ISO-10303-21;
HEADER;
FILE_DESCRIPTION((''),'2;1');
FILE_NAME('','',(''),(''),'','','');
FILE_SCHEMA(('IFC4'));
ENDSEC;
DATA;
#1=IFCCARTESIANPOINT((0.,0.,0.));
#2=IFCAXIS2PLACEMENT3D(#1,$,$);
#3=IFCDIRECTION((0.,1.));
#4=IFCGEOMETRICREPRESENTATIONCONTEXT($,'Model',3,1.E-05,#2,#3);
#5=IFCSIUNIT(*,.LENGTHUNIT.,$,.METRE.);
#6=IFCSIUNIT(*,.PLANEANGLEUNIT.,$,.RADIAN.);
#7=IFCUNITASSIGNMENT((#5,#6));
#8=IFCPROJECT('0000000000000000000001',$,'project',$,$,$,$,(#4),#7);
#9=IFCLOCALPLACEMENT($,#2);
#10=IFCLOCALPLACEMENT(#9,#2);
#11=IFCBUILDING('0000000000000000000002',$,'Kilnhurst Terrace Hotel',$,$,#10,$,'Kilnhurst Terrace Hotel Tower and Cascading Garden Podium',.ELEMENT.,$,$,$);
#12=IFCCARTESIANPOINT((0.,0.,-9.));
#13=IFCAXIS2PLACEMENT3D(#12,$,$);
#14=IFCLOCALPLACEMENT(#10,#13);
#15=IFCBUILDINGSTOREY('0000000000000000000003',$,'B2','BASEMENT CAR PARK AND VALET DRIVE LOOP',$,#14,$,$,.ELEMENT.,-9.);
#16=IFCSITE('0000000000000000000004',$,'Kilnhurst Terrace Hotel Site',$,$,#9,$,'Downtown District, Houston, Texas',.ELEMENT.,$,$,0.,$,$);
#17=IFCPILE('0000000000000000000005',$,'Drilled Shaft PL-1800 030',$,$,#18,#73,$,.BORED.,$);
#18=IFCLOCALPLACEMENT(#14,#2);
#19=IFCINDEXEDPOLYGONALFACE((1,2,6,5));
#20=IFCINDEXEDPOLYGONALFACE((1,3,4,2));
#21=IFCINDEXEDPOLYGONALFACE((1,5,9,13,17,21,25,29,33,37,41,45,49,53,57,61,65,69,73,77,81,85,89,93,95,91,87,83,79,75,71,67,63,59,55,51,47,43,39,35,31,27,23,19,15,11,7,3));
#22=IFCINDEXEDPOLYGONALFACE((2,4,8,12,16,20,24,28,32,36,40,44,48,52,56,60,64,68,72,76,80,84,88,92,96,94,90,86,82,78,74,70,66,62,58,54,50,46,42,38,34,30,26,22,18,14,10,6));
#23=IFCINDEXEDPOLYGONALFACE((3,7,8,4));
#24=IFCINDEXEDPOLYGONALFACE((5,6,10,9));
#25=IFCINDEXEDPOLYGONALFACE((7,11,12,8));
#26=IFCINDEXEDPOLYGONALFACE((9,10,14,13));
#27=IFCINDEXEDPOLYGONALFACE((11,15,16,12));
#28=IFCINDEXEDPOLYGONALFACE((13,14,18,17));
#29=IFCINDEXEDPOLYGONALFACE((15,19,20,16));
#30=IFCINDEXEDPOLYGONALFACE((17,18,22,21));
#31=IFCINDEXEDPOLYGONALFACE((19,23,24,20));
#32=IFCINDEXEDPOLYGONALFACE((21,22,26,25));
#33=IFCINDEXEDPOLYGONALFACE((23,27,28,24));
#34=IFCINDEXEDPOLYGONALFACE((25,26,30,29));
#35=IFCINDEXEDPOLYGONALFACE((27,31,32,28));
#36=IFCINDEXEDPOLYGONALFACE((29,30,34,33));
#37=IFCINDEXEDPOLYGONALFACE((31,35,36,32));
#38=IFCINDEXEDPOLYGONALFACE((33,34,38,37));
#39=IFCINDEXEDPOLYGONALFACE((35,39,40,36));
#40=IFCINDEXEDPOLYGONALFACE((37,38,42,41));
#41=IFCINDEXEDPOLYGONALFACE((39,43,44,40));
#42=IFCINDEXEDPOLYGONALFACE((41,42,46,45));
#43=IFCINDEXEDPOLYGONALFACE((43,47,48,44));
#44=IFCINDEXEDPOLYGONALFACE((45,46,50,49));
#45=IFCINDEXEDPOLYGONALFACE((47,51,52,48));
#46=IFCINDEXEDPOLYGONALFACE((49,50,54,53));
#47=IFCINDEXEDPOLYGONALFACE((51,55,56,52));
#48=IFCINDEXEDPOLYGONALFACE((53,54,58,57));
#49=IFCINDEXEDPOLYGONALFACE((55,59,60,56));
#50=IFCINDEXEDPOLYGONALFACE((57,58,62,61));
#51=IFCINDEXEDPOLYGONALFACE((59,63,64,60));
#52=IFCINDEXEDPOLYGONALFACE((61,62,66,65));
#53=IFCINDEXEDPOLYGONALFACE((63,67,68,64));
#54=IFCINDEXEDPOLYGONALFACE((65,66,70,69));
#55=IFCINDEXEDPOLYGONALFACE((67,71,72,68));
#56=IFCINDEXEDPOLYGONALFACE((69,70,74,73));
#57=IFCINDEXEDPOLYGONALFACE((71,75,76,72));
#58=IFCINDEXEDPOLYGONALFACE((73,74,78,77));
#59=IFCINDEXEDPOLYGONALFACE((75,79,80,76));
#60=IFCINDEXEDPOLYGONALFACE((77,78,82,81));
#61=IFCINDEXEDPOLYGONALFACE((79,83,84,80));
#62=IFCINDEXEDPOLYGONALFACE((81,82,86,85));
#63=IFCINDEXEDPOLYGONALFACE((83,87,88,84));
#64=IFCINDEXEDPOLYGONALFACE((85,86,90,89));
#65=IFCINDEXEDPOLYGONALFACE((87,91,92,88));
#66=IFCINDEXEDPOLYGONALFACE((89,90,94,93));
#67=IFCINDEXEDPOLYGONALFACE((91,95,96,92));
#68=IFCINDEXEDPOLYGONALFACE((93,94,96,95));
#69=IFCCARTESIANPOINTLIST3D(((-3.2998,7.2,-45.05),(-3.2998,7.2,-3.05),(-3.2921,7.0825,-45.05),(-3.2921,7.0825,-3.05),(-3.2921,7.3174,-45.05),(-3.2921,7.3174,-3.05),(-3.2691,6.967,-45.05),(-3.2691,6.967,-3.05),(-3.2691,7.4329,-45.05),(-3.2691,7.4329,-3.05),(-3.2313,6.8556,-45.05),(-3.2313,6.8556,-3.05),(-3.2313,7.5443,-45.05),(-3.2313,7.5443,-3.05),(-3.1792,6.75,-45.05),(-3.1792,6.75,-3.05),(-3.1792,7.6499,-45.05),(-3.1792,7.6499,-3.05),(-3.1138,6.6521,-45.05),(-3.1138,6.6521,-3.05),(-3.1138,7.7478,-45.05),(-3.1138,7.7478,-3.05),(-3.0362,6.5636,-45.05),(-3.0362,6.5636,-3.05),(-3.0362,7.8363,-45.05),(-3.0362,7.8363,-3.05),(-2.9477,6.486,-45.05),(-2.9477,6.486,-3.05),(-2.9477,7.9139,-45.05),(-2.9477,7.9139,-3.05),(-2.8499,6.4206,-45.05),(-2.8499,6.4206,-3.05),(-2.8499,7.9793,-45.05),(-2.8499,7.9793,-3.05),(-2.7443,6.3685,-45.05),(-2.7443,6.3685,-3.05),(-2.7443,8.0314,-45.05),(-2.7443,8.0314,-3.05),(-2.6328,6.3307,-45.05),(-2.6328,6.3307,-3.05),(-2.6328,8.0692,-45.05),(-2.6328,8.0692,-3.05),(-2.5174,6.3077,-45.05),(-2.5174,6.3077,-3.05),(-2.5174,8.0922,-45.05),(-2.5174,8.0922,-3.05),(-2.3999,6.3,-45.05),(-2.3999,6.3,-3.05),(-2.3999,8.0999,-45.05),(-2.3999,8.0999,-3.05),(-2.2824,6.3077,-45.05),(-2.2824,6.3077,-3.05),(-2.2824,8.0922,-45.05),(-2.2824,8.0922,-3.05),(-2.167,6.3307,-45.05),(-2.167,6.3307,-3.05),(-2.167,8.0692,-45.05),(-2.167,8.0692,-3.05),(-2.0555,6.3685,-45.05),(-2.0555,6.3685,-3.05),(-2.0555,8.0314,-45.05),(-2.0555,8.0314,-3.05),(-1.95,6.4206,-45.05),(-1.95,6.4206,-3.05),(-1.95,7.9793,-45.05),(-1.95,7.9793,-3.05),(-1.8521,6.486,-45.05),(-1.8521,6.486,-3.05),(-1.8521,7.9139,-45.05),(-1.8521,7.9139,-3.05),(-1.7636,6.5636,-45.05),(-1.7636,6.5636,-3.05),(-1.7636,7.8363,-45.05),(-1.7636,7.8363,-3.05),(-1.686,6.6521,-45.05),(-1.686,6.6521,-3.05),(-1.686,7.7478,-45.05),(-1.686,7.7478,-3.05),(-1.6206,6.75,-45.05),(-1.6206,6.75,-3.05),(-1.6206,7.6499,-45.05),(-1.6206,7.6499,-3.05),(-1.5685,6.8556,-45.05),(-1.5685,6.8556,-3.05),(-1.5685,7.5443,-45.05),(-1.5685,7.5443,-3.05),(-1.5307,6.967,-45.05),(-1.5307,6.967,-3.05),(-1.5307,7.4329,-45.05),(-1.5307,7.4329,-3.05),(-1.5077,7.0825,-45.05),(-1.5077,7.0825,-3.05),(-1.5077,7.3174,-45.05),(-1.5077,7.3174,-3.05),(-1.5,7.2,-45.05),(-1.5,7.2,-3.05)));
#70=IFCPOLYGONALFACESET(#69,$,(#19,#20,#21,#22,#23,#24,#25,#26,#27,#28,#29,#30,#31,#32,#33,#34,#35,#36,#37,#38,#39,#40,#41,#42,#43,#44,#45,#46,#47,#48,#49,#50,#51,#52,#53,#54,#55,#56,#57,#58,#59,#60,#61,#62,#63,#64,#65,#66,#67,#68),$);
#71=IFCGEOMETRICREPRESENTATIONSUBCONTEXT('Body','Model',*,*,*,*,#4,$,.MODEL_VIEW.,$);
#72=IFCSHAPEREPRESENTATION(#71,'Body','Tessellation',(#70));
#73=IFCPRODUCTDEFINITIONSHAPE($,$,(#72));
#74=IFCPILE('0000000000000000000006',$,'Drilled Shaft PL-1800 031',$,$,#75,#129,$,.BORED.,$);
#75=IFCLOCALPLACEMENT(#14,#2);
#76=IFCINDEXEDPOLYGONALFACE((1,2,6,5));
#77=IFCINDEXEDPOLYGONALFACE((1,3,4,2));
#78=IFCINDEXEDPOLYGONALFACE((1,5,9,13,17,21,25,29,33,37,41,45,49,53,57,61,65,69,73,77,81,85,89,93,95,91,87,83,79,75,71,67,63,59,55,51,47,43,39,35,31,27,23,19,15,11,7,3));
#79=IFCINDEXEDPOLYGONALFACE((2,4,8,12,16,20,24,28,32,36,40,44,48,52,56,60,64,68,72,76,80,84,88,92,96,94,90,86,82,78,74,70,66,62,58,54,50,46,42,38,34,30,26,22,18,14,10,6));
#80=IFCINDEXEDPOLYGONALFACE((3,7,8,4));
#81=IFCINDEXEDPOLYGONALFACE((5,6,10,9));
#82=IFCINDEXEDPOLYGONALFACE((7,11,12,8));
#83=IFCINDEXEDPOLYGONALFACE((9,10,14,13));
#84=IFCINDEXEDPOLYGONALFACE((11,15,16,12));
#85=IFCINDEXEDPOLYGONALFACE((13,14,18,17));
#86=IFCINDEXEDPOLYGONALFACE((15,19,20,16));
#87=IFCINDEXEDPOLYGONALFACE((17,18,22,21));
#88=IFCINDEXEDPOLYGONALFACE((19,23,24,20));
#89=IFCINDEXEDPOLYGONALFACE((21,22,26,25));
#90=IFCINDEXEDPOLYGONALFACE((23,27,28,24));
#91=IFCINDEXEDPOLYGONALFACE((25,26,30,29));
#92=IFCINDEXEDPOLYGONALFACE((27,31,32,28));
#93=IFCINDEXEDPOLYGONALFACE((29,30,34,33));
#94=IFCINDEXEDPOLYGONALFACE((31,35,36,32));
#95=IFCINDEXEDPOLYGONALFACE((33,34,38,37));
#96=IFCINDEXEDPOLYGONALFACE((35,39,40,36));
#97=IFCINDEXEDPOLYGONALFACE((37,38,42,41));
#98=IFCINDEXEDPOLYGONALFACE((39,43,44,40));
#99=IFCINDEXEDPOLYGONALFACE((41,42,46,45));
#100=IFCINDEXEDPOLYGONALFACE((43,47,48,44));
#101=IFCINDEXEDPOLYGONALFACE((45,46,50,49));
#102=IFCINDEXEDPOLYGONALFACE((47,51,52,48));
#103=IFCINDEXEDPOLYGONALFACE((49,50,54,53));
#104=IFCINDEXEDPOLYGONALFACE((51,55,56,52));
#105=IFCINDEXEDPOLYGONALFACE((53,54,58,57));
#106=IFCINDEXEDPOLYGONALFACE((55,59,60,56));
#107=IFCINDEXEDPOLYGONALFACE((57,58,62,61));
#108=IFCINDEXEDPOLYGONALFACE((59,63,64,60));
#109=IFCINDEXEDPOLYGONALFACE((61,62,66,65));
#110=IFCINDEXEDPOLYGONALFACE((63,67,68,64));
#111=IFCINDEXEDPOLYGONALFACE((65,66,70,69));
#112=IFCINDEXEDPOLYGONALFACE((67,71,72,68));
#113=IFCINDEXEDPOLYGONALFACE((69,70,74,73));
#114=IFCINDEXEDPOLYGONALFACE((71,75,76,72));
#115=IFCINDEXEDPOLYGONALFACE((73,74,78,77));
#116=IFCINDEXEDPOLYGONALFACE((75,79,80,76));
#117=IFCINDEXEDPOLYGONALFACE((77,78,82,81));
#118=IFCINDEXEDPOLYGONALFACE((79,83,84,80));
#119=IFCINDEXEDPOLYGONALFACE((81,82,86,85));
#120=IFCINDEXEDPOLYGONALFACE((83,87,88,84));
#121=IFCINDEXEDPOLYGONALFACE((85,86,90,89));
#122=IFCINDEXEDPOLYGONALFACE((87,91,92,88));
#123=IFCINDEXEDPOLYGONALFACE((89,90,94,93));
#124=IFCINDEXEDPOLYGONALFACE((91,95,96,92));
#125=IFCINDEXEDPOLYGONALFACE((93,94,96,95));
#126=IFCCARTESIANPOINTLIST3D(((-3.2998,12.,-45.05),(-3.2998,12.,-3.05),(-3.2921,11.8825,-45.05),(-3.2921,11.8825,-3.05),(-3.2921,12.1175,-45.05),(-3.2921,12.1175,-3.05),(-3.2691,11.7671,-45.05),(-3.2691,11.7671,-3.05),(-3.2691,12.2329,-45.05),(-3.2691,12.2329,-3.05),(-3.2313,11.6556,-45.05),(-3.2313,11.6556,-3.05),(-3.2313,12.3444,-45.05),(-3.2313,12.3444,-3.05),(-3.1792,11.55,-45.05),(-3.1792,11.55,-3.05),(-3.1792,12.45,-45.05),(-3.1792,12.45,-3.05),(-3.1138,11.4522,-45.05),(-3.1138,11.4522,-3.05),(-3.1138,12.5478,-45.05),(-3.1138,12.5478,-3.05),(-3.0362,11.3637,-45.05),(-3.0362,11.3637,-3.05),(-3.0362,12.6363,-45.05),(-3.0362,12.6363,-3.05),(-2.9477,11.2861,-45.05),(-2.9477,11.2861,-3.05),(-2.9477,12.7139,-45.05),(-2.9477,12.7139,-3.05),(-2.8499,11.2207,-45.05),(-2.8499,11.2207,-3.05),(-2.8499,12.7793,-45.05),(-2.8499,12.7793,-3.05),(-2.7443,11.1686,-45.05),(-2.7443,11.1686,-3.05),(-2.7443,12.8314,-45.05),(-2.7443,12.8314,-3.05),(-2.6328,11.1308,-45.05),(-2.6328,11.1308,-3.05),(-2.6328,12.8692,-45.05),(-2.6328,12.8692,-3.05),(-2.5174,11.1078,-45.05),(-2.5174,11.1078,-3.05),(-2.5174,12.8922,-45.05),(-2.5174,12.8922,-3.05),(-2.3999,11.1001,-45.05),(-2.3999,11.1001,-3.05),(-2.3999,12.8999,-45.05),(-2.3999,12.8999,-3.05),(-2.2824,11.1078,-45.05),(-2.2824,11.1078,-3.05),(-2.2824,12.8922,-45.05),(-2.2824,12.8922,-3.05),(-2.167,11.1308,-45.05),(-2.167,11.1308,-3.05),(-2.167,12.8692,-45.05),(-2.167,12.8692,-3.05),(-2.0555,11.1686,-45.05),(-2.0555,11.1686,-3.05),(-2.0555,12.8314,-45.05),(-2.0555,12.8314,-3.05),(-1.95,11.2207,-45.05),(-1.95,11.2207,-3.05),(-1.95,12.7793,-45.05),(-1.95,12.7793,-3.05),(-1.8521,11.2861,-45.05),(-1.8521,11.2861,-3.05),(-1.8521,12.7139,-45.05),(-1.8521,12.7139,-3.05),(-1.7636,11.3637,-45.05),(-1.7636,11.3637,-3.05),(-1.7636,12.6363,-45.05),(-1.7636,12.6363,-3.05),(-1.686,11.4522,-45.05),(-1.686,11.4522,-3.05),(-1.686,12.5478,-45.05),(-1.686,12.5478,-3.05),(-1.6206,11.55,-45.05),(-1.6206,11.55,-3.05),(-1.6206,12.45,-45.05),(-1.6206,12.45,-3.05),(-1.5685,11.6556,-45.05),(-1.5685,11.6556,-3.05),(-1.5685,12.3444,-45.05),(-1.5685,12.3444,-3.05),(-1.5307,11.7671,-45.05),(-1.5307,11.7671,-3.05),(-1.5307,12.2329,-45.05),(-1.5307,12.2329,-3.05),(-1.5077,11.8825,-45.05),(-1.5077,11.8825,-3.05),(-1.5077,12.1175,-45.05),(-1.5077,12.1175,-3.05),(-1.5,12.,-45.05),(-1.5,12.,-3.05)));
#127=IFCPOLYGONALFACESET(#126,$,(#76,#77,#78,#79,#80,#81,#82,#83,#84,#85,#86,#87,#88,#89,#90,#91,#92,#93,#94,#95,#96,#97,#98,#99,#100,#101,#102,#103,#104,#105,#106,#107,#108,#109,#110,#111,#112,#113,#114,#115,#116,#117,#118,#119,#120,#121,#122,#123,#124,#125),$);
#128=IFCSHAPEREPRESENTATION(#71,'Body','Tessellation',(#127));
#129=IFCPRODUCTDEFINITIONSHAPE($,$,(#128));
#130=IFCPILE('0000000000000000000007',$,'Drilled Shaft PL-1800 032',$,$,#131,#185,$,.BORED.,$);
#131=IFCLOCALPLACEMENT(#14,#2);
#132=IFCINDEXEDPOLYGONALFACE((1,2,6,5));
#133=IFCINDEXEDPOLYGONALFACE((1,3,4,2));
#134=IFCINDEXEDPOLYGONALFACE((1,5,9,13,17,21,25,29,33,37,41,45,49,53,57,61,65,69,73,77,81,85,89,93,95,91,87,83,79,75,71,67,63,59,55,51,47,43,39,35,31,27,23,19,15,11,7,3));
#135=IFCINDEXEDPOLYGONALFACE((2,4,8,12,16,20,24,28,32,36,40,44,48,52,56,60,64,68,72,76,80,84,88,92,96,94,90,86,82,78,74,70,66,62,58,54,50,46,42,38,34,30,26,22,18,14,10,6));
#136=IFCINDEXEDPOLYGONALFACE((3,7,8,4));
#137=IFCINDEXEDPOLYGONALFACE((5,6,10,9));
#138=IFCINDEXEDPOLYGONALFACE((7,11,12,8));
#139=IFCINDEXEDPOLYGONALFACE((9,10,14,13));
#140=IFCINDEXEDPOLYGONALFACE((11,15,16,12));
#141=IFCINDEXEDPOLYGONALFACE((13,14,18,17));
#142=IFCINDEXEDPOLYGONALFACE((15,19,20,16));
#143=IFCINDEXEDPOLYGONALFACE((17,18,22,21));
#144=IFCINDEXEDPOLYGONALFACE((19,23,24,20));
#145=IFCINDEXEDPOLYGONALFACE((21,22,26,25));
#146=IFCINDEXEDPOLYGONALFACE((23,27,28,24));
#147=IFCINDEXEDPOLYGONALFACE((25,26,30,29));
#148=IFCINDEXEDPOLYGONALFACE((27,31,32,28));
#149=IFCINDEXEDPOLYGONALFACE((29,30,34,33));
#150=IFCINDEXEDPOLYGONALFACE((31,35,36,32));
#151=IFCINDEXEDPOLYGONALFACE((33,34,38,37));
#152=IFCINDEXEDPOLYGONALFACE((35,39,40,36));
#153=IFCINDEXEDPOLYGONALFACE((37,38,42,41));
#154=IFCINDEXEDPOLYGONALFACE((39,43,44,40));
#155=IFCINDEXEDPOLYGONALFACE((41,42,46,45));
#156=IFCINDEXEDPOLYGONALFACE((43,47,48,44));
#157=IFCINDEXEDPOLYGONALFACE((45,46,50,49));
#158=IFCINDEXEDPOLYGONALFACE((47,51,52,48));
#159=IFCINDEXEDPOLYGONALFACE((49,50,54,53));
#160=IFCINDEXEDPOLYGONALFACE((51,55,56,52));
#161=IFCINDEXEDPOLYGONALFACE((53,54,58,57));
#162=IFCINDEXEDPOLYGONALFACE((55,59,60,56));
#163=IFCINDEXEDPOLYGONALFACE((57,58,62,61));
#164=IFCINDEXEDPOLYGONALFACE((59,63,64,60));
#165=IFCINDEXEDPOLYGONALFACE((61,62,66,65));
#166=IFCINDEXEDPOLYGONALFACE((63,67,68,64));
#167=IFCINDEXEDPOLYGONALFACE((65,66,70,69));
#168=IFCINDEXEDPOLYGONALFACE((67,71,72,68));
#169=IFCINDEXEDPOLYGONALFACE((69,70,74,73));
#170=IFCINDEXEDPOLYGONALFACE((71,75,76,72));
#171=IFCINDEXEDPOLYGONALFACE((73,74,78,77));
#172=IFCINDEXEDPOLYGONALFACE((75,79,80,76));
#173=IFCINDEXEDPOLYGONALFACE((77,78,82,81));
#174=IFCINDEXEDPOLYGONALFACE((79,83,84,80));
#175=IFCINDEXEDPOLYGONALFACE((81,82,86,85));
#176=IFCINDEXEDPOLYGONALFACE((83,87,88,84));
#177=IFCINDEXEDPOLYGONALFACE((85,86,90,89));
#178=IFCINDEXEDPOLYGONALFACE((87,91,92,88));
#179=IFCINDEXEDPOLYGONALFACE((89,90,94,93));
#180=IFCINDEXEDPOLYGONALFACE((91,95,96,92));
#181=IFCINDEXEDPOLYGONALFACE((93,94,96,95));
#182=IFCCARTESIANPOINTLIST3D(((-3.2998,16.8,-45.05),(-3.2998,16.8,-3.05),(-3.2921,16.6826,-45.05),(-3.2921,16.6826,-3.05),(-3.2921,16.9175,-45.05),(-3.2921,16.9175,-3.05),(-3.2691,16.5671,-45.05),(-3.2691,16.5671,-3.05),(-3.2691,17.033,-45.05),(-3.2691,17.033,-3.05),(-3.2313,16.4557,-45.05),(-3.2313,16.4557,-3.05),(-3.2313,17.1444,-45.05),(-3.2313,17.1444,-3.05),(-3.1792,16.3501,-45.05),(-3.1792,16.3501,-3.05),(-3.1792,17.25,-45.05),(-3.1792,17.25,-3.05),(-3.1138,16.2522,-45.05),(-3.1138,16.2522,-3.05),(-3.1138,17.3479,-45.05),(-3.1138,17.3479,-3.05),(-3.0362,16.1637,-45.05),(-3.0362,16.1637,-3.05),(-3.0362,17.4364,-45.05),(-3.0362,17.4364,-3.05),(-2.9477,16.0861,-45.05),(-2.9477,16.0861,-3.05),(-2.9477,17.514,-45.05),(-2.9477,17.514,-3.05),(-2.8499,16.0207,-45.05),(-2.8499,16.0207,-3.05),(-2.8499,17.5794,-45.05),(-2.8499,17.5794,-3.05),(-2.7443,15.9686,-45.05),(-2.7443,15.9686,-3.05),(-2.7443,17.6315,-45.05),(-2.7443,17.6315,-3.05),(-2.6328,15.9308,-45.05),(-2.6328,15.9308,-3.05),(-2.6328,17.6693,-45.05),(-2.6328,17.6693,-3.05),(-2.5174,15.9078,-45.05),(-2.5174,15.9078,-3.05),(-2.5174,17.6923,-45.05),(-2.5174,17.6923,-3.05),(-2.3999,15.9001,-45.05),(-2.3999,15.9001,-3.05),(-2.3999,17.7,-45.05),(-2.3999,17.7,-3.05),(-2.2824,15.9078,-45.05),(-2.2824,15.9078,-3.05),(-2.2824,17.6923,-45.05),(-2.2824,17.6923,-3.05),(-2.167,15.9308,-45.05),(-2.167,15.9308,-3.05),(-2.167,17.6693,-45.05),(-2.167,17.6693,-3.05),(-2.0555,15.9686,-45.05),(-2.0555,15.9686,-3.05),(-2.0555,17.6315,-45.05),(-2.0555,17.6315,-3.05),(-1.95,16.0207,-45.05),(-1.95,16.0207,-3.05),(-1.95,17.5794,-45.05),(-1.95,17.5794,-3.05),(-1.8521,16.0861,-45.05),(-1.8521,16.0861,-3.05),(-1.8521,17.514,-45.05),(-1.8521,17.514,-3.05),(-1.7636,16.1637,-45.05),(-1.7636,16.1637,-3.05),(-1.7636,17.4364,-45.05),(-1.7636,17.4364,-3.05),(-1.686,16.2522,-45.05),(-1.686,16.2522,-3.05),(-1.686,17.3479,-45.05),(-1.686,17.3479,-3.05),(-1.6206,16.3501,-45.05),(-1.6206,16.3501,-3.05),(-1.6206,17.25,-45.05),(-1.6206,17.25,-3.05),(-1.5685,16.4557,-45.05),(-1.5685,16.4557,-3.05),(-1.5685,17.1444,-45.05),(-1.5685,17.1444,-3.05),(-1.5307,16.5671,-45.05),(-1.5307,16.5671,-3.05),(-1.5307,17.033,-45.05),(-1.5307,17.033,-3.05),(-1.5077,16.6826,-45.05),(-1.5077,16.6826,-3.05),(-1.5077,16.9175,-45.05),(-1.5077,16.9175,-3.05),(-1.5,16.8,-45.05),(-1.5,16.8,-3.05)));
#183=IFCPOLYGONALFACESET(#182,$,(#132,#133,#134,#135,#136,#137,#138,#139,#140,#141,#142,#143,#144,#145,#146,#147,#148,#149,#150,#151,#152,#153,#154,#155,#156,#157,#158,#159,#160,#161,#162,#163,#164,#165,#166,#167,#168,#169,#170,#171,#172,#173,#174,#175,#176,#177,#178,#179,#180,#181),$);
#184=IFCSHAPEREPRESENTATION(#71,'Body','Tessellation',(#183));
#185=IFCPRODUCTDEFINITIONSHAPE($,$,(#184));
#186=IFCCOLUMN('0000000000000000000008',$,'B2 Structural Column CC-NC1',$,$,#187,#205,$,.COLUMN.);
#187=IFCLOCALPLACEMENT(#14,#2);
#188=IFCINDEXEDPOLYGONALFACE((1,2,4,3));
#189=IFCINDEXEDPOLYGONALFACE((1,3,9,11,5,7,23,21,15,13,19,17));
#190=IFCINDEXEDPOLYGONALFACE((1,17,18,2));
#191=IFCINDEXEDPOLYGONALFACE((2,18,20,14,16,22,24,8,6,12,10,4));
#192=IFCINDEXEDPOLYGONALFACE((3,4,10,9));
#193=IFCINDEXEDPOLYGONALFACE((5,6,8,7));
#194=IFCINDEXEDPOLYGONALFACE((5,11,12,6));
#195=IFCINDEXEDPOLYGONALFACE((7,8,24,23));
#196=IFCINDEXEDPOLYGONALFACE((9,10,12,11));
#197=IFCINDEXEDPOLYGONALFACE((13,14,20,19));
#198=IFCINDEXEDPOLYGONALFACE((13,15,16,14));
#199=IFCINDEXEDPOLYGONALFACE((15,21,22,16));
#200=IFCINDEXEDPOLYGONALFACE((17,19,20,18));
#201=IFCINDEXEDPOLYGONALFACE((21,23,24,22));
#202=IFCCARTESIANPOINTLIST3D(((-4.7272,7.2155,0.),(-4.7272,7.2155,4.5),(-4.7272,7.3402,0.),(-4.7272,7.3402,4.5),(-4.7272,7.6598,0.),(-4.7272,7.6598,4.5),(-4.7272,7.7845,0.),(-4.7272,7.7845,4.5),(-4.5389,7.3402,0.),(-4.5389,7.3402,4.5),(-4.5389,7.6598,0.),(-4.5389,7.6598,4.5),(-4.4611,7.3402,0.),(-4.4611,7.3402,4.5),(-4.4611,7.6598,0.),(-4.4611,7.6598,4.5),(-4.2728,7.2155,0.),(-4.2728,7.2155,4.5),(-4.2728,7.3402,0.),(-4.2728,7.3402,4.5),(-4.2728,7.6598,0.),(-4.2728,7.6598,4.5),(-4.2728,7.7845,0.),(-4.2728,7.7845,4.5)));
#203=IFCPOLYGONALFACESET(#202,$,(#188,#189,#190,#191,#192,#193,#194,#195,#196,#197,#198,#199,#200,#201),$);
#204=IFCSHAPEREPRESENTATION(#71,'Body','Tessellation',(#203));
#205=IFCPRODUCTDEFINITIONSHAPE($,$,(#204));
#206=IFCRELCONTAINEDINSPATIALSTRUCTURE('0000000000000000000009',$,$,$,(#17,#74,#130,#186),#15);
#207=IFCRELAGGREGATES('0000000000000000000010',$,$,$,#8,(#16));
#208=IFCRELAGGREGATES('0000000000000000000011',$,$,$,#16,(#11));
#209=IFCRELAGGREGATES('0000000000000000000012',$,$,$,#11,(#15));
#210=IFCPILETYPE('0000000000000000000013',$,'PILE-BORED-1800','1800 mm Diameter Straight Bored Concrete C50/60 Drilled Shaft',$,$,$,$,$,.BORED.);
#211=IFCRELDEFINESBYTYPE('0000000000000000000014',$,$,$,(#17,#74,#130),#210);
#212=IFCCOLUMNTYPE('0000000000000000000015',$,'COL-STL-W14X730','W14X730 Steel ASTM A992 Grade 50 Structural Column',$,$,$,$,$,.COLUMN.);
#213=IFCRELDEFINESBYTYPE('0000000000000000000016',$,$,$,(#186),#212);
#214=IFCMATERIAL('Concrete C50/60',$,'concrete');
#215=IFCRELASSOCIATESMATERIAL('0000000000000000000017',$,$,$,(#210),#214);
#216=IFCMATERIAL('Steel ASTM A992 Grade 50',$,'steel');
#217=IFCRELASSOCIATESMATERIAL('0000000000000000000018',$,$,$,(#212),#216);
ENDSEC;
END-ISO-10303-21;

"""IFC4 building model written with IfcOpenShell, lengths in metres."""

from ifc_helpers import new_model, si_unit, direction, frame, origin, origin_2d, place, context, subcontext, project, spatial, circle, i_section, extrude, material, material_profile, profile_set, type_object, element, save


model = new_model("IFC4")

# Units and contexts
model_context = context("Model", 3, precision=1e-05, world=origin(), true_north=direction((0.0, 1.0)))
body_context = subcontext(model_context, "Body", "Model", "MODEL_VIEW")
ifc_project = project(units=[si_unit("LENGTHUNIT", "METRE"), si_unit("PLANEANGLEUNIT", "RADIAN")], contexts=[model_context])

# Site, building, storey
site_placement = place(None, origin())
site = spatial("IfcSite", under=ifc_project, at=site_placement, Name="Kilnhurst Terrace Hotel Site", LongName="Downtown District, Houston, Texas", CompositionType="ELEMENT", RefElevation=0.0)
building_placement = place(site_placement, origin())
building = spatial("IfcBuilding", under=site, at=building_placement, Name="Kilnhurst Terrace Hotel", LongName="Kilnhurst Terrace Hotel Tower and Cascading Garden Podium", CompositionType="ELEMENT")
storey_placement = place(building_placement, frame((0.0, 0.0, -9.0)))
storey = spatial("IfcBuildingStorey", under=building, at=storey_placement, Name="B2", Description="BASEMENT CAR PARK AND VALET DRIVE LOOP", CompositionType="ELEMENT", Elevation=-9.0)

# Piles
ifc_material_1 = material(Name="Concrete C50/60", Category="concrete")
ifc_material_profile_1 = material_profile(ifc_material_1, circle(Radius=0.8999, at=origin_2d()), Name="PILE1800")
ifc_profile_set_1 = profile_set([ifc_material_profile_1], Name="Concrete C50/60")
pile_type_1 = type_object("IfcPileType", Name="PILE-BORED-1800", Description="1800 mm Diameter Straight Bored Concrete C50/60 Drilled Shaft", PredefinedType="BORED", material=ifc_profile_set_1)
for number, where, z_axis, x_axis, name in (
    (1, (-2.3999, 7.2, -3.05), (0.0, 0.0, -1.0), (1.0, 0.0, 0.0), "Drilled Shaft PL-1800 030"),
    (2, (-2.3999, 12.0, -3.05), (0.0, 0.0, -1.0), (1.0, 0.0, 0.0), "Drilled Shaft PL-1800 031"),
    (3, (-2.3999, 16.8, -3.05), (0.0, 0.0, -1.0), (1.0, 0.0, 0.0), "Drilled Shaft PL-1800 032"),
):
    element("IfcPile", number, at=place(storey_placement, frame(where, z_axis=z_axis, x_axis=x_axis)), inside=storey, type_object=pile_type_1, Name=name, PredefinedType="BORED", context=body_context, shape_type="SweptSolid", body=[
        extrude(circle(Radius=0.8999, at=origin_2d()), origin(), (0.0, 0.0, 1.0), 42.0),
    ])

# Column
ifc_material_2 = material(Name="Steel ASTM A992 Grade 50", Category="steel")
ifc_material_profile_2 = material_profile(ifc_material_2, i_section(OverallWidth=0.4543, OverallDepth=0.5691, WebThickness=0.0779, FlangeThickness=0.1248, at=origin_2d()), Name="W14X730")
ifc_profile_set_2 = profile_set([ifc_material_profile_2], Name="Steel ASTM A992 Grade 50")
column_type = type_object("IfcColumnType", Name="COL-STL-W14X730", Description="W14X730 Steel ASTM A992 Grade 50 Structural Column", PredefinedType="COLUMN", material=ifc_profile_set_2)
for number, where, z_axis, x_axis, name in (
    (4, (-4.5, 7.5, 0.0), (0.0, 0.0, 1.0), (1.0, 0.0, 0.0), "B2 Structural Column CC-NC1"),
):
    element("IfcColumn", number, at=place(storey_placement, frame(where, z_axis=z_axis, x_axis=x_axis)), inside=storey, type_object=column_type, Name=name, PredefinedType="COLUMN", context=body_context, shape_type="SweptSolid", body=[
        extrude(i_section(OverallWidth=0.4543, OverallDepth=0.5691, WebThickness=0.0779, FlangeThickness=0.1248, at=origin_2d()), origin(), (0.0, 0.0, 1.0), 4.5),
    ])

save(model, "model.ifc")
